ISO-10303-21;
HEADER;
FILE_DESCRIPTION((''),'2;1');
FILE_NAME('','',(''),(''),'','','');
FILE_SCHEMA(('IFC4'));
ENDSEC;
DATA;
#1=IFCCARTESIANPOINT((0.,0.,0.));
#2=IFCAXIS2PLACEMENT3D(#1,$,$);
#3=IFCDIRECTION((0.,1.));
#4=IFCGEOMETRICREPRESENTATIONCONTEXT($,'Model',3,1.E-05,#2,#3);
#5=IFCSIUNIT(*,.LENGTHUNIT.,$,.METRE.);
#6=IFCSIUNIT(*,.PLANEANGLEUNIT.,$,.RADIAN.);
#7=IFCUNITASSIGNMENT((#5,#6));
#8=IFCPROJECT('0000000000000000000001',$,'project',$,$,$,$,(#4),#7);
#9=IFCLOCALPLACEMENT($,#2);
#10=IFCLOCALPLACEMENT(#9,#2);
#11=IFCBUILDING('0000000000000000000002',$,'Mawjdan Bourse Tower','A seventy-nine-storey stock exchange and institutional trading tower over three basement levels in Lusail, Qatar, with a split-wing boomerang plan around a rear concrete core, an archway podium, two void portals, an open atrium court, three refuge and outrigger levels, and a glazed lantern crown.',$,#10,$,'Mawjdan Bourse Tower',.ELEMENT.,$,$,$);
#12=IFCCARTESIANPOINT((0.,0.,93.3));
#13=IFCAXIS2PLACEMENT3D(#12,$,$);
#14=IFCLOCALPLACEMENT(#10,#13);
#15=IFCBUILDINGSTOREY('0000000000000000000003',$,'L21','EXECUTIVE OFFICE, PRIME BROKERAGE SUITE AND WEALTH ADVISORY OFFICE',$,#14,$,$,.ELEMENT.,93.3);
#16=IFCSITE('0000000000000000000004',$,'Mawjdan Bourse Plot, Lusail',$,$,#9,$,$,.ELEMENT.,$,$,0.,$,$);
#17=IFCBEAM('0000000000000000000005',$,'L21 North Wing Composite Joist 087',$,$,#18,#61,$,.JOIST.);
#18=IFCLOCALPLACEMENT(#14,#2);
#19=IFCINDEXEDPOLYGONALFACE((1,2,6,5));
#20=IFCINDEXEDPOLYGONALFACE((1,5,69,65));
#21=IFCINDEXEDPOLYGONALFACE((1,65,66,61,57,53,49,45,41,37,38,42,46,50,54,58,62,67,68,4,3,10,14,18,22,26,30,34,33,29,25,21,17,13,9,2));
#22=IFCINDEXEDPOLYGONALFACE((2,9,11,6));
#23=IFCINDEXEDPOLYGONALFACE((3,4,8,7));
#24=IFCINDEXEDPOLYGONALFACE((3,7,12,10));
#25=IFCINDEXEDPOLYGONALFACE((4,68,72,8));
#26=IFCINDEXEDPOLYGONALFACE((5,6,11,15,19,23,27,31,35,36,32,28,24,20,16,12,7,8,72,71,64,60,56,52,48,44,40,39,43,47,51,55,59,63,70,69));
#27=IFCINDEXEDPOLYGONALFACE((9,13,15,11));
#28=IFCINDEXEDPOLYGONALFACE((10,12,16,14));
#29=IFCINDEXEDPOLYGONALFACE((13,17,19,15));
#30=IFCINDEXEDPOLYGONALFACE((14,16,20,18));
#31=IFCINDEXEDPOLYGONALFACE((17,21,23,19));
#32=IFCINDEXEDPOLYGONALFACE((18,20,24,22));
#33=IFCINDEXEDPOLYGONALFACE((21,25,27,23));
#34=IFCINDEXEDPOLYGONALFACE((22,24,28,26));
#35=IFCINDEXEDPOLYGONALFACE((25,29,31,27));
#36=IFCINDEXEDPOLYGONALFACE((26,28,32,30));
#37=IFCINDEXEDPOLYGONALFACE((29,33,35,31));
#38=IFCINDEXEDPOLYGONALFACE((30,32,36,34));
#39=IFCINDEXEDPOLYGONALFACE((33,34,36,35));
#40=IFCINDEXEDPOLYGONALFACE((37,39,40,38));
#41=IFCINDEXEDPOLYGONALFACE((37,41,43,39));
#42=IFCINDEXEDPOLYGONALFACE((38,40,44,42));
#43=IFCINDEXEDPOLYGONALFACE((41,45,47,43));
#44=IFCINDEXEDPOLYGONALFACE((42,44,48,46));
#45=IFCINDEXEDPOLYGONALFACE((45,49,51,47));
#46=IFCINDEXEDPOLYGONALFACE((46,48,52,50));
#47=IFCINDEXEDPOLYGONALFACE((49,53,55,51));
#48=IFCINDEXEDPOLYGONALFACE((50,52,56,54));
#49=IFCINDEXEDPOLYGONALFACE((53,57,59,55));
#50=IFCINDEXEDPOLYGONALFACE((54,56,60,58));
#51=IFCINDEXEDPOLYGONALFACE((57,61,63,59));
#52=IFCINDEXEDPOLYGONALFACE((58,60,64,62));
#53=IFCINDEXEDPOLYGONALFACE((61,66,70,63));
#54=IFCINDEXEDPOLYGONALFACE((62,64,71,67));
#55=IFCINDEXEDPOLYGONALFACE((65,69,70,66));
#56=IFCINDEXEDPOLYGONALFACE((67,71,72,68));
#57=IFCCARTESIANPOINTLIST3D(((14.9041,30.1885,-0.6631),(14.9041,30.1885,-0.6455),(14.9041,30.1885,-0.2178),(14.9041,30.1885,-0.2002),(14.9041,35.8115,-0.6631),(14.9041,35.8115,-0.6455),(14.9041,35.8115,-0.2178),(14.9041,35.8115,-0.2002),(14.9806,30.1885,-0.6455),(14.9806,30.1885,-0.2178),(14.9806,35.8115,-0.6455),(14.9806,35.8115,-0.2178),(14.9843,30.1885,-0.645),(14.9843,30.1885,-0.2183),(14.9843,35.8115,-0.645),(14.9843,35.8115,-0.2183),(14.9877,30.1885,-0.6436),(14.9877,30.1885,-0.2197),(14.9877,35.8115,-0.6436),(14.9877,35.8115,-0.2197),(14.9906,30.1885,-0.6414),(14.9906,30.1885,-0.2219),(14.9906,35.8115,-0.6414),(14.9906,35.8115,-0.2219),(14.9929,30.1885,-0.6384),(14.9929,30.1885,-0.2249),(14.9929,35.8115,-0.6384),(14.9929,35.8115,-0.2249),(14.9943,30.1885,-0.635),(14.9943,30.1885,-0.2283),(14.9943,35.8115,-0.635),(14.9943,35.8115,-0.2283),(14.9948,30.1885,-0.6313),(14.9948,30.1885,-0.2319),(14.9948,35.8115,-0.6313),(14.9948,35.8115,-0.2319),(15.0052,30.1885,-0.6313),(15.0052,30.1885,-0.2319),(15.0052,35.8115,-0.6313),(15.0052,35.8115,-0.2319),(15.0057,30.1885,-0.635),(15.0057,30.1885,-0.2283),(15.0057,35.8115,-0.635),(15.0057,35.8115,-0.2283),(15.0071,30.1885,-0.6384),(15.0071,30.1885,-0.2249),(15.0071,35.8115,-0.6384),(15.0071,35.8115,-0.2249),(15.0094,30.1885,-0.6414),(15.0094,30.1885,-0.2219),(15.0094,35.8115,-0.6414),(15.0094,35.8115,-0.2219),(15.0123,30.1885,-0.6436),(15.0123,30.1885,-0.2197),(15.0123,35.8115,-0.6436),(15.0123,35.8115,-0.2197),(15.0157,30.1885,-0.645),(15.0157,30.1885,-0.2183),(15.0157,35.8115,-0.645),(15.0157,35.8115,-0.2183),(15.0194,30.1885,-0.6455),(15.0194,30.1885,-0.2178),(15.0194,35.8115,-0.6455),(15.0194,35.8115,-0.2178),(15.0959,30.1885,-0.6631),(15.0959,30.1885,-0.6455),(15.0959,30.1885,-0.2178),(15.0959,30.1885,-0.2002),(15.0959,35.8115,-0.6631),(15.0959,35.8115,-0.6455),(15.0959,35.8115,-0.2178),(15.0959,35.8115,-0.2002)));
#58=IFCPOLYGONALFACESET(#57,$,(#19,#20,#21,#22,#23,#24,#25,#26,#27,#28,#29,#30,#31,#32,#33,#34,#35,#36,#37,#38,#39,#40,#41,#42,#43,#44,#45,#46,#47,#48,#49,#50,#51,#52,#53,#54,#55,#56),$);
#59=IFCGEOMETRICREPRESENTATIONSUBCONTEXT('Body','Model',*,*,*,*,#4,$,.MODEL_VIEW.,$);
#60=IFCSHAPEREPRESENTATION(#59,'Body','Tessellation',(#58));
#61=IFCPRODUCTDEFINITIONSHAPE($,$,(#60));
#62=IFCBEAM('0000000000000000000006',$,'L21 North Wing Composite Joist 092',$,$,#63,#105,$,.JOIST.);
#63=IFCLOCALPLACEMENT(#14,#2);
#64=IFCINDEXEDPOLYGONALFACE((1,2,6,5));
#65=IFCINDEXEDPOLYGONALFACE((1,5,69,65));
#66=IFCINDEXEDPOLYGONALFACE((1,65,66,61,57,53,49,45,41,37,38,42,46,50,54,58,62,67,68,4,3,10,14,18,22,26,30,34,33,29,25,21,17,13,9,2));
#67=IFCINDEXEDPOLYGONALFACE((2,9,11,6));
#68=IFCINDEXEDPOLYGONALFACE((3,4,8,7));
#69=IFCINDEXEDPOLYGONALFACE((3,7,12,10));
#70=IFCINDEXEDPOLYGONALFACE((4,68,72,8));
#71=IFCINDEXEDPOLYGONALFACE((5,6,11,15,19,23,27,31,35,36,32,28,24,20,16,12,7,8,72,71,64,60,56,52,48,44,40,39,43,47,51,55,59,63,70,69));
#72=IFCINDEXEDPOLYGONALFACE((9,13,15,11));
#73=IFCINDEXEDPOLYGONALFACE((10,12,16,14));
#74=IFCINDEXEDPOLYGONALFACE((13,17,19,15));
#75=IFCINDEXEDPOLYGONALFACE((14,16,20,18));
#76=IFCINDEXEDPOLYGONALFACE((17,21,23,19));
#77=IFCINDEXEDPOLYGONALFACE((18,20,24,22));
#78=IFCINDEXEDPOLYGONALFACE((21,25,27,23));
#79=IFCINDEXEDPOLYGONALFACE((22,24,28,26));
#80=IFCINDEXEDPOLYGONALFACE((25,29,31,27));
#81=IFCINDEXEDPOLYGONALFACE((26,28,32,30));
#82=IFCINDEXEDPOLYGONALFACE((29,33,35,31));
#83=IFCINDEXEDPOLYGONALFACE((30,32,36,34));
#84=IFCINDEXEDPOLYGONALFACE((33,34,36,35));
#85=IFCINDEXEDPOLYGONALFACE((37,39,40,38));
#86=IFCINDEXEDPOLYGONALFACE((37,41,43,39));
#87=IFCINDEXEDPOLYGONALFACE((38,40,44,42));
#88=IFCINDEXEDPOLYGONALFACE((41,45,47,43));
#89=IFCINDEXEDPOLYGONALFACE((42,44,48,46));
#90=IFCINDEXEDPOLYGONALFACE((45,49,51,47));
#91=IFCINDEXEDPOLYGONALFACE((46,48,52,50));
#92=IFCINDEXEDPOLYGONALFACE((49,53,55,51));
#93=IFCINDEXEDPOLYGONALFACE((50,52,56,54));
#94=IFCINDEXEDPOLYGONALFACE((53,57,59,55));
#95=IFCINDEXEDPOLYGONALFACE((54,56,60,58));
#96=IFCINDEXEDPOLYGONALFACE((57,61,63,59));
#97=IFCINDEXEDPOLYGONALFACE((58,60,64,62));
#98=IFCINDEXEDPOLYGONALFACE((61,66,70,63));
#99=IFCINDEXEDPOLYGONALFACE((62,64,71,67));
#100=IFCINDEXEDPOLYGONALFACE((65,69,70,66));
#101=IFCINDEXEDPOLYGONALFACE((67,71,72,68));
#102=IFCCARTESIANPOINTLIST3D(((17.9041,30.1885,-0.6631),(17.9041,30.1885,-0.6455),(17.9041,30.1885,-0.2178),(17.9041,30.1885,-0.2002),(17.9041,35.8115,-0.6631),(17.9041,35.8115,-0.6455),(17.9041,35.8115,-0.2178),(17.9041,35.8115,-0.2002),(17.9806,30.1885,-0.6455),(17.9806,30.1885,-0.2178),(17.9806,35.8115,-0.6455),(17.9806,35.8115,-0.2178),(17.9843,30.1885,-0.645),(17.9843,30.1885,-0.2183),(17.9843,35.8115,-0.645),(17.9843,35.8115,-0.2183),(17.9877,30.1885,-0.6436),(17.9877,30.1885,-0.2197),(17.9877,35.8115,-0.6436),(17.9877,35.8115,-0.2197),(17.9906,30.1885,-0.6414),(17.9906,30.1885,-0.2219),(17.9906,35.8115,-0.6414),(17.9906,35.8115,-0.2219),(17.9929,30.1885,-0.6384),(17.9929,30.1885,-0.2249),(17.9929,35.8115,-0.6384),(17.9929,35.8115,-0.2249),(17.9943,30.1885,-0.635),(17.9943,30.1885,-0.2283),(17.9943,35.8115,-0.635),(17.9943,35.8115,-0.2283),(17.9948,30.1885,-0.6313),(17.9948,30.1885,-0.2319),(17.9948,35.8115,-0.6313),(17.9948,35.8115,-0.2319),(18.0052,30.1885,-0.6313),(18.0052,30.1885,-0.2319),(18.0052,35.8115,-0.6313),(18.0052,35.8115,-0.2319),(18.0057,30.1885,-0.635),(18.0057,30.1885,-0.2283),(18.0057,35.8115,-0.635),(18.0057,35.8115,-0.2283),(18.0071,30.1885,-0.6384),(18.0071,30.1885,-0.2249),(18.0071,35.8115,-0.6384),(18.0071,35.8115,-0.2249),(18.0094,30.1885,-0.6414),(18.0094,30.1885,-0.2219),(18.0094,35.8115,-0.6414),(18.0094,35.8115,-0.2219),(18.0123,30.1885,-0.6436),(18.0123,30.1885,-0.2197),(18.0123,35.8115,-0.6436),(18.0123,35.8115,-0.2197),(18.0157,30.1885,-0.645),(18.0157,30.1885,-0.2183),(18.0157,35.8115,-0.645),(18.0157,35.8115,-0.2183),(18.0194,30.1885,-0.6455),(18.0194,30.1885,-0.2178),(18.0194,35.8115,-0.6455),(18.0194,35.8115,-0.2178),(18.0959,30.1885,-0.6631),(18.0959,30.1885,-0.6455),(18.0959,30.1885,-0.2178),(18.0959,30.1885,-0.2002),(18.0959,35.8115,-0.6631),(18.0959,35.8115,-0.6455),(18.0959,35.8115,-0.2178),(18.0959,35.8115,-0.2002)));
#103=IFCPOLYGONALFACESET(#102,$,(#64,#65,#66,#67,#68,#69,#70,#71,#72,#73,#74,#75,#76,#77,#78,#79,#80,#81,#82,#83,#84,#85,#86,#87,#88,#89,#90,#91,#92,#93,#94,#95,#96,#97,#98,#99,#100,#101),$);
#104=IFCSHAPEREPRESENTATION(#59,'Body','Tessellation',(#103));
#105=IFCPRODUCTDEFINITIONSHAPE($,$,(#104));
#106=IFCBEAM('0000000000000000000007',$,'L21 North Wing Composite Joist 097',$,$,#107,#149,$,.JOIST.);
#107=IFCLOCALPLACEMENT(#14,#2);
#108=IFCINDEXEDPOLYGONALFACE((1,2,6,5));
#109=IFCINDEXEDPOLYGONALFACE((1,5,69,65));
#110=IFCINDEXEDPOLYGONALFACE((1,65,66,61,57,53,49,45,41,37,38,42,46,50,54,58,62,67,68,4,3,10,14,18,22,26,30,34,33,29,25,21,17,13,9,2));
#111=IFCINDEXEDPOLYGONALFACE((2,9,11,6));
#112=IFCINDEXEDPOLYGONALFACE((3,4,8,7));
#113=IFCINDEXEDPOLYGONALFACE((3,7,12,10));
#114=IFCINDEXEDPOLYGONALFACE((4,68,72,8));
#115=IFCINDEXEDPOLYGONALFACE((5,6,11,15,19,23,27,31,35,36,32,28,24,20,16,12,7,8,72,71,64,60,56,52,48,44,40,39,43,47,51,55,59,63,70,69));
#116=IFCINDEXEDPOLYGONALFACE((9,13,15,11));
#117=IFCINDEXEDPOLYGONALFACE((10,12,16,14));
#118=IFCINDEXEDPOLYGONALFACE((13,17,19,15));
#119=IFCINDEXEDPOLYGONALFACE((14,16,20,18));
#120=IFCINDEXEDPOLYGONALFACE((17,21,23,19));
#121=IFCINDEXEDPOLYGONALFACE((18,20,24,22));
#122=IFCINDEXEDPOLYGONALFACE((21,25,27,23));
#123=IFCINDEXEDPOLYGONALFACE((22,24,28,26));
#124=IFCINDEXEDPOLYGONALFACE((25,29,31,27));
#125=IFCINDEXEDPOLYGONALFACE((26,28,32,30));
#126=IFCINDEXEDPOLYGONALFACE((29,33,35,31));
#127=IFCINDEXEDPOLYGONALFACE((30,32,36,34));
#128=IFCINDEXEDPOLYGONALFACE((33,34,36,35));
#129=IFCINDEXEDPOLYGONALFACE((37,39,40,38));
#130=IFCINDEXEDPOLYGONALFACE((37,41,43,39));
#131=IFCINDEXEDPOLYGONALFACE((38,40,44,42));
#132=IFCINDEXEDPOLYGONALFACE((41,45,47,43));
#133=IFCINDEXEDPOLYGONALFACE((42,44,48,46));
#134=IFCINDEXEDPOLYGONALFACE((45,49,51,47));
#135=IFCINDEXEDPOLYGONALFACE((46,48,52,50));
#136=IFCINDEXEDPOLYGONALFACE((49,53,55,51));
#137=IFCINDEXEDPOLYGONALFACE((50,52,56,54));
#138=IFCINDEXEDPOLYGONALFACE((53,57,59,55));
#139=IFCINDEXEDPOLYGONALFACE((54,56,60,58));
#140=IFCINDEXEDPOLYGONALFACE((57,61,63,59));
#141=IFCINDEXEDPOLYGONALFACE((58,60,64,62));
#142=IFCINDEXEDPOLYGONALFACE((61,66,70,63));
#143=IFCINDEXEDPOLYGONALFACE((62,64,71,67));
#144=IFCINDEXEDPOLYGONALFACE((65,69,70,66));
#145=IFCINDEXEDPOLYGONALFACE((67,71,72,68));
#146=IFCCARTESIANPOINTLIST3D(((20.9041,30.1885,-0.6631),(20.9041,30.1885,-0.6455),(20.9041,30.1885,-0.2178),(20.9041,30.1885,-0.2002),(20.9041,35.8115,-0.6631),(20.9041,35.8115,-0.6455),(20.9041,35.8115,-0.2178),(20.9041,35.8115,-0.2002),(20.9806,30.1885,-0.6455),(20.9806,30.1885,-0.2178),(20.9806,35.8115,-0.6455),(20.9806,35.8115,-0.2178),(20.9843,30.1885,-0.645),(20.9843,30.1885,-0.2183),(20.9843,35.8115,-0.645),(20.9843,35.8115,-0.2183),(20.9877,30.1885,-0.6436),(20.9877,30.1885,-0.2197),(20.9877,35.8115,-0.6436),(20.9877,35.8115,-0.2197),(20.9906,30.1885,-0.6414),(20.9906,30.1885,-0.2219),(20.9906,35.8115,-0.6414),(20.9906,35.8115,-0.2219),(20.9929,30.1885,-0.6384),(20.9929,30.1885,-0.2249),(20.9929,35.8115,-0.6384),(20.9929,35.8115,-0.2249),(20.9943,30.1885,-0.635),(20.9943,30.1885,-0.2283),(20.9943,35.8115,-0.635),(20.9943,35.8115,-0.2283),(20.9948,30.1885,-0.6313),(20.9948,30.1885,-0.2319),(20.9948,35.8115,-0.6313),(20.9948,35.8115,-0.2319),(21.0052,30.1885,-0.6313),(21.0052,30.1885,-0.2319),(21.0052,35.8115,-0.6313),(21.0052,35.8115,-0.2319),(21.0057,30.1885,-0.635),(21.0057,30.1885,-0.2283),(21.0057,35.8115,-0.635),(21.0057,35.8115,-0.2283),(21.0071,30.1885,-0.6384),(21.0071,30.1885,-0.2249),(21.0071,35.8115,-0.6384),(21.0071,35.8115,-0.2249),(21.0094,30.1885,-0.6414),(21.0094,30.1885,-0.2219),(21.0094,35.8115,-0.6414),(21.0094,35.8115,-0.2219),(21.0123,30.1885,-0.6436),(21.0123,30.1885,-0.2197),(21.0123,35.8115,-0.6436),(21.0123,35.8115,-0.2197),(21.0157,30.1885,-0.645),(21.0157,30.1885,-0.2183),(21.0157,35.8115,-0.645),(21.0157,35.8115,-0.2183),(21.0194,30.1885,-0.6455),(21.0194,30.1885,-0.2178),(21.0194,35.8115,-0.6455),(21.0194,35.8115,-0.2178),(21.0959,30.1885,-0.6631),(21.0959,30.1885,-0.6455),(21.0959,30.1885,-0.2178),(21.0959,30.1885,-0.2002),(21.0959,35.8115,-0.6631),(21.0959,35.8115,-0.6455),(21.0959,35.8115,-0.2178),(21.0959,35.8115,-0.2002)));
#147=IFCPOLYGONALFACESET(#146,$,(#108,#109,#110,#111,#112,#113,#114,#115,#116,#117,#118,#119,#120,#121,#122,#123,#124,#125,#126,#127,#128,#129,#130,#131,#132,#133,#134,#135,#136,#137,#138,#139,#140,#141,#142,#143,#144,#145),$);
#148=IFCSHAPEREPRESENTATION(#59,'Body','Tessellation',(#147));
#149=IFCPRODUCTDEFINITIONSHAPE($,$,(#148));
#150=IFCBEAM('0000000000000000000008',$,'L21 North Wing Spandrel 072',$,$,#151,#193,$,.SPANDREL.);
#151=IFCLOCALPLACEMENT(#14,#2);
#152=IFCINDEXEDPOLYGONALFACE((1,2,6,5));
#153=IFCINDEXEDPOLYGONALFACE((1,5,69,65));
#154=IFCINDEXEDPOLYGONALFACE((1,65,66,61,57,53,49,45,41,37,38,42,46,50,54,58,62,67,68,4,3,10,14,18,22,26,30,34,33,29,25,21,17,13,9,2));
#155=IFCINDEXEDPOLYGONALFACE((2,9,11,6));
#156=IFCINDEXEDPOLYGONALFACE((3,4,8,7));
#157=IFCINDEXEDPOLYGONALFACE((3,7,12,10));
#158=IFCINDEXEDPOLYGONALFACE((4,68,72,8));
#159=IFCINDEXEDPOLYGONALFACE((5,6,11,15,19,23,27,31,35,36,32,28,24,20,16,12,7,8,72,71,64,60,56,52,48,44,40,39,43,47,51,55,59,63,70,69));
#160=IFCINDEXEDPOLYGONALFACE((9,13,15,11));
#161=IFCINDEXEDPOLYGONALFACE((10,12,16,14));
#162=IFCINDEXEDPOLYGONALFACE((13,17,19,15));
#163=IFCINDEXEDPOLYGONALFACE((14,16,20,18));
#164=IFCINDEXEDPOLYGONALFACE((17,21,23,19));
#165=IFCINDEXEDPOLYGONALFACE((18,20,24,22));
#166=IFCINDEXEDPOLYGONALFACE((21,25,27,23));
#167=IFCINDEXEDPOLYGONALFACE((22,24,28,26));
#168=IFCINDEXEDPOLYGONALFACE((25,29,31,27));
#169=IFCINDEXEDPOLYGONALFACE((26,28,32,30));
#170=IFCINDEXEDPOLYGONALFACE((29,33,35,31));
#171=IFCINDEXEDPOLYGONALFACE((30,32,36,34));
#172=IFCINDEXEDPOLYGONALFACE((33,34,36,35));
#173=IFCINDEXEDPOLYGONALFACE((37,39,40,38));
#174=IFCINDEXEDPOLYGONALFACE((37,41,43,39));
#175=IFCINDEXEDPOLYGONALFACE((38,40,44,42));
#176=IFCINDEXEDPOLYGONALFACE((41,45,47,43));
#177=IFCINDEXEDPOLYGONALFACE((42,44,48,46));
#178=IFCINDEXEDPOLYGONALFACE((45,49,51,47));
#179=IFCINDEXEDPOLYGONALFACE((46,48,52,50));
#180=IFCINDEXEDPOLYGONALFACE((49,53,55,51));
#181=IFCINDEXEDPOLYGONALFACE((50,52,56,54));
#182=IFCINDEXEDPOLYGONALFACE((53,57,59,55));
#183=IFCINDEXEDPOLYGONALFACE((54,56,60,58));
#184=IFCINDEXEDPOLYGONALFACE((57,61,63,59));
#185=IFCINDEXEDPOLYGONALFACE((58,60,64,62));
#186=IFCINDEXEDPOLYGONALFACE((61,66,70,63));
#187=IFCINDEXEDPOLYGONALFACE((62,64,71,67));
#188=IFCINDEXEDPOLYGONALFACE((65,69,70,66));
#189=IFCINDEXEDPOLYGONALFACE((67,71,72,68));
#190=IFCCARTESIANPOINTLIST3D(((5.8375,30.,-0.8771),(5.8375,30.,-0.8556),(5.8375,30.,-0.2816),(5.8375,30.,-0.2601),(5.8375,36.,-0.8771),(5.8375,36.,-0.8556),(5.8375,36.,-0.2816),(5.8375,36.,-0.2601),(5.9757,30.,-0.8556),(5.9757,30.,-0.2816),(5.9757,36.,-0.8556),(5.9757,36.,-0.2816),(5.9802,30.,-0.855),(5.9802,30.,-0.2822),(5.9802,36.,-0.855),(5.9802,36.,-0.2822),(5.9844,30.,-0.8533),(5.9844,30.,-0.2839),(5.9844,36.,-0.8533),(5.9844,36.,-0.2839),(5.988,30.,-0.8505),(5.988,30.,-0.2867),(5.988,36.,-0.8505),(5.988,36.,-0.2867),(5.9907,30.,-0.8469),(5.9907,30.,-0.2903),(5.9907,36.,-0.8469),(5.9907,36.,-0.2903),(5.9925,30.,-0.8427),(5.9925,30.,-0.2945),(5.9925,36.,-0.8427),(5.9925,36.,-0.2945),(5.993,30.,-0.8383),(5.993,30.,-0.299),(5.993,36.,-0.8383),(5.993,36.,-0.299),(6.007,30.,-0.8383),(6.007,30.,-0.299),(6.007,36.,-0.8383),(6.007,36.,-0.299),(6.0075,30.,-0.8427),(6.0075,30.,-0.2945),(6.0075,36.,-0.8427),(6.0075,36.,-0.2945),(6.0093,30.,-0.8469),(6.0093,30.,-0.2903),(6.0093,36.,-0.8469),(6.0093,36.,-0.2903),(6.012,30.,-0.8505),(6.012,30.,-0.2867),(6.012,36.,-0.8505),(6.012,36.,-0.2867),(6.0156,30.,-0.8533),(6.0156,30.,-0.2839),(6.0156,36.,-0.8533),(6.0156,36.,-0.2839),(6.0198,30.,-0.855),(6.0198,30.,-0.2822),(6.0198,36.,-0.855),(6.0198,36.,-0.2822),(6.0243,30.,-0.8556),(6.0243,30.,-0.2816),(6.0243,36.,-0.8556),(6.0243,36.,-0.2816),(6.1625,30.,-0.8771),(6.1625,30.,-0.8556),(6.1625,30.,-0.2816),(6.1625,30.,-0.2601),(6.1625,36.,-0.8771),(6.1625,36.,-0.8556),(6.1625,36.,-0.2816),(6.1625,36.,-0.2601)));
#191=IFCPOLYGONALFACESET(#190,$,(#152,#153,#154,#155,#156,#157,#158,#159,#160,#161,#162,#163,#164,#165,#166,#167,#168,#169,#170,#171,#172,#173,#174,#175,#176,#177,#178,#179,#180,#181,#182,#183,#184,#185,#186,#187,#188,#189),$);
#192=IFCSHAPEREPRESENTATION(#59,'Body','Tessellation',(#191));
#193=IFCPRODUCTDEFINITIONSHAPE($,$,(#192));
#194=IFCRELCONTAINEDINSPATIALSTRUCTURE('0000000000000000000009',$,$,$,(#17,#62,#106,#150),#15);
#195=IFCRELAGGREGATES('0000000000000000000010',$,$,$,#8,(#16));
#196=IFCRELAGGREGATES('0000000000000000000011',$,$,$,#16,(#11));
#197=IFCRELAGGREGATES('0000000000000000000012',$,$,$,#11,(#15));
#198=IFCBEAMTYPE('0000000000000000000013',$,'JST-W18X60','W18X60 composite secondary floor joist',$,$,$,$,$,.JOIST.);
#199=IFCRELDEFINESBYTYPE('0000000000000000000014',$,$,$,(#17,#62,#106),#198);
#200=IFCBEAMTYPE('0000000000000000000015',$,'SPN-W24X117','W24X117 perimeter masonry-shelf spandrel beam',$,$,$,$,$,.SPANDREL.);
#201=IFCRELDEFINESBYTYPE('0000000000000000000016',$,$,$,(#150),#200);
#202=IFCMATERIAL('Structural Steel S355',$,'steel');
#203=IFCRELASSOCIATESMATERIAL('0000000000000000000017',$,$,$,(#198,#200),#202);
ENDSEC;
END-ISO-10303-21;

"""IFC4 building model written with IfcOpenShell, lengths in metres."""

from ifc_helpers import new_model, si_unit, direction, frame, origin, origin_2d, place, context, subcontext, project, spatial, i_section, extrude, material, material_profile, profile_set, type_object, element, save


model = new_model("IFC4")

# Units and contexts
model_context = context("Model", 3, precision=1e-05, world=origin(), true_north=direction((0.0, 1.0)))
body_context = subcontext(model_context, "Body", "Model", "MODEL_VIEW")
ifc_project = project(units=[si_unit("LENGTHUNIT", "METRE"), si_unit("PLANEANGLEUNIT", "RADIAN")], contexts=[model_context])

# Site, building, storey
site_placement = place(None, origin())
site = spatial("IfcSite", under=ifc_project, at=site_placement, Name="Mawjdan Bourse Plot, Lusail", CompositionType="ELEMENT", RefElevation=0.0)
building_placement = place(site_placement, origin())
building = spatial("IfcBuilding", under=site, at=building_placement, Name="Mawjdan Bourse Tower", Description="A seventy-nine-storey stock exchange and institutional trading tower over three basement levels in Lusail, Qatar, with a split-wing boomerang plan around a rear concrete core, an archway podium, two void portals, an open atrium court, three refuge and outrigger levels, and a glazed lantern crown.", LongName="Mawjdan Bourse Tower", CompositionType="ELEMENT")
storey_placement = place(building_placement, frame((0.0, 0.0, 93.3)))
storey = spatial("IfcBuildingStorey", under=building, at=storey_placement, Name="L21", Description="EXECUTIVE OFFICE, PRIME BROKERAGE SUITE AND WEALTH ADVISORY OFFICE", CompositionType="ELEMENT", Elevation=93.3)

# Beams
ifc_material_1 = material(Name="Structural Steel S355", Category="steel")
ifc_material_profile_1 = material_profile(ifc_material_1, i_section(OverallWidth=0.1919, OverallDepth=0.4629, WebThickness=0.0105, FlangeThickness=0.0176, FilletRadius=0.0142, at=origin_2d()), Name="W18X60")
ifc_profile_set_1 = profile_set([ifc_material_profile_1], Name="Structural Steel S355")
beam_type_1 = type_object("IfcBeamType", Name="JST-W18X60", Description="W18X60 composite secondary floor joist", PredefinedType="JOIST", material=ifc_profile_set_1)
for number, where, z_axis, x_axis, name in (
    (1, (15.0, 30.1885, -0.4316), (0.0, 1.0, 0.0), (-1.0, 0.0, 0.0), "L21 North Wing Composite Joist 087"),
    (2, (18.0, 30.1885, -0.4316), (0.0, 1.0, 0.0), (-1.0, 0.0, 0.0), "L21 North Wing Composite Joist 092"),
    (3, (21.0, 30.1885, -0.4316), (0.0, 1.0, 0.0), (-1.0, 0.0, 0.0), "L21 North Wing Composite Joist 097"),
):
    element("IfcBeam", number, at=place(storey_placement, frame(where, z_axis=z_axis, x_axis=x_axis)), inside=storey, type_object=beam_type_1, Name=name, PredefinedType="JOIST", context=body_context, shape_type="SweptSolid", body=[
        extrude(i_section(OverallWidth=0.1919, OverallDepth=0.4629, WebThickness=0.0105, FlangeThickness=0.0176, FilletRadius=0.0142, at=origin_2d()), origin(), (0.0, 0.0, 1.0), 5.623),
    ])
ifc_material_profile_2 = material_profile(ifc_material_1, i_section(OverallWidth=0.325, OverallDepth=0.6169, WebThickness=0.0139, FlangeThickness=0.0215, FilletRadius=0.0173, at=origin_2d()), Name="W24X117")
ifc_profile_set_2 = profile_set([ifc_material_profile_2], Name="Structural Steel S355")
beam_type_2 = type_object("IfcBeamType", Name="SPN-W24X117", Description="W24X117 perimeter masonry-shelf spandrel beam", PredefinedType="SPANDREL", material=ifc_profile_set_2)
beam_1_placement = place(storey_placement, frame((6.0, 30.0, -0.5686), z_axis=(0.0, 1.0, 0.0), x_axis=(-1.0, 0.0, 0.0)))
element("IfcBeam", 4, at=beam_1_placement, inside=storey, type_object=beam_type_2, Name="L21 North Wing Spandrel 072", PredefinedType="SPANDREL", context=body_context, shape_type="SweptSolid", body=[
    extrude(i_section(OverallWidth=0.325, OverallDepth=0.6169, WebThickness=0.0139, FlangeThickness=0.0215, FilletRadius=0.0173, at=origin_2d()), origin(), (0.0, 0.0, 1.0), 6.0),
])

save(model, "model.ifc")
